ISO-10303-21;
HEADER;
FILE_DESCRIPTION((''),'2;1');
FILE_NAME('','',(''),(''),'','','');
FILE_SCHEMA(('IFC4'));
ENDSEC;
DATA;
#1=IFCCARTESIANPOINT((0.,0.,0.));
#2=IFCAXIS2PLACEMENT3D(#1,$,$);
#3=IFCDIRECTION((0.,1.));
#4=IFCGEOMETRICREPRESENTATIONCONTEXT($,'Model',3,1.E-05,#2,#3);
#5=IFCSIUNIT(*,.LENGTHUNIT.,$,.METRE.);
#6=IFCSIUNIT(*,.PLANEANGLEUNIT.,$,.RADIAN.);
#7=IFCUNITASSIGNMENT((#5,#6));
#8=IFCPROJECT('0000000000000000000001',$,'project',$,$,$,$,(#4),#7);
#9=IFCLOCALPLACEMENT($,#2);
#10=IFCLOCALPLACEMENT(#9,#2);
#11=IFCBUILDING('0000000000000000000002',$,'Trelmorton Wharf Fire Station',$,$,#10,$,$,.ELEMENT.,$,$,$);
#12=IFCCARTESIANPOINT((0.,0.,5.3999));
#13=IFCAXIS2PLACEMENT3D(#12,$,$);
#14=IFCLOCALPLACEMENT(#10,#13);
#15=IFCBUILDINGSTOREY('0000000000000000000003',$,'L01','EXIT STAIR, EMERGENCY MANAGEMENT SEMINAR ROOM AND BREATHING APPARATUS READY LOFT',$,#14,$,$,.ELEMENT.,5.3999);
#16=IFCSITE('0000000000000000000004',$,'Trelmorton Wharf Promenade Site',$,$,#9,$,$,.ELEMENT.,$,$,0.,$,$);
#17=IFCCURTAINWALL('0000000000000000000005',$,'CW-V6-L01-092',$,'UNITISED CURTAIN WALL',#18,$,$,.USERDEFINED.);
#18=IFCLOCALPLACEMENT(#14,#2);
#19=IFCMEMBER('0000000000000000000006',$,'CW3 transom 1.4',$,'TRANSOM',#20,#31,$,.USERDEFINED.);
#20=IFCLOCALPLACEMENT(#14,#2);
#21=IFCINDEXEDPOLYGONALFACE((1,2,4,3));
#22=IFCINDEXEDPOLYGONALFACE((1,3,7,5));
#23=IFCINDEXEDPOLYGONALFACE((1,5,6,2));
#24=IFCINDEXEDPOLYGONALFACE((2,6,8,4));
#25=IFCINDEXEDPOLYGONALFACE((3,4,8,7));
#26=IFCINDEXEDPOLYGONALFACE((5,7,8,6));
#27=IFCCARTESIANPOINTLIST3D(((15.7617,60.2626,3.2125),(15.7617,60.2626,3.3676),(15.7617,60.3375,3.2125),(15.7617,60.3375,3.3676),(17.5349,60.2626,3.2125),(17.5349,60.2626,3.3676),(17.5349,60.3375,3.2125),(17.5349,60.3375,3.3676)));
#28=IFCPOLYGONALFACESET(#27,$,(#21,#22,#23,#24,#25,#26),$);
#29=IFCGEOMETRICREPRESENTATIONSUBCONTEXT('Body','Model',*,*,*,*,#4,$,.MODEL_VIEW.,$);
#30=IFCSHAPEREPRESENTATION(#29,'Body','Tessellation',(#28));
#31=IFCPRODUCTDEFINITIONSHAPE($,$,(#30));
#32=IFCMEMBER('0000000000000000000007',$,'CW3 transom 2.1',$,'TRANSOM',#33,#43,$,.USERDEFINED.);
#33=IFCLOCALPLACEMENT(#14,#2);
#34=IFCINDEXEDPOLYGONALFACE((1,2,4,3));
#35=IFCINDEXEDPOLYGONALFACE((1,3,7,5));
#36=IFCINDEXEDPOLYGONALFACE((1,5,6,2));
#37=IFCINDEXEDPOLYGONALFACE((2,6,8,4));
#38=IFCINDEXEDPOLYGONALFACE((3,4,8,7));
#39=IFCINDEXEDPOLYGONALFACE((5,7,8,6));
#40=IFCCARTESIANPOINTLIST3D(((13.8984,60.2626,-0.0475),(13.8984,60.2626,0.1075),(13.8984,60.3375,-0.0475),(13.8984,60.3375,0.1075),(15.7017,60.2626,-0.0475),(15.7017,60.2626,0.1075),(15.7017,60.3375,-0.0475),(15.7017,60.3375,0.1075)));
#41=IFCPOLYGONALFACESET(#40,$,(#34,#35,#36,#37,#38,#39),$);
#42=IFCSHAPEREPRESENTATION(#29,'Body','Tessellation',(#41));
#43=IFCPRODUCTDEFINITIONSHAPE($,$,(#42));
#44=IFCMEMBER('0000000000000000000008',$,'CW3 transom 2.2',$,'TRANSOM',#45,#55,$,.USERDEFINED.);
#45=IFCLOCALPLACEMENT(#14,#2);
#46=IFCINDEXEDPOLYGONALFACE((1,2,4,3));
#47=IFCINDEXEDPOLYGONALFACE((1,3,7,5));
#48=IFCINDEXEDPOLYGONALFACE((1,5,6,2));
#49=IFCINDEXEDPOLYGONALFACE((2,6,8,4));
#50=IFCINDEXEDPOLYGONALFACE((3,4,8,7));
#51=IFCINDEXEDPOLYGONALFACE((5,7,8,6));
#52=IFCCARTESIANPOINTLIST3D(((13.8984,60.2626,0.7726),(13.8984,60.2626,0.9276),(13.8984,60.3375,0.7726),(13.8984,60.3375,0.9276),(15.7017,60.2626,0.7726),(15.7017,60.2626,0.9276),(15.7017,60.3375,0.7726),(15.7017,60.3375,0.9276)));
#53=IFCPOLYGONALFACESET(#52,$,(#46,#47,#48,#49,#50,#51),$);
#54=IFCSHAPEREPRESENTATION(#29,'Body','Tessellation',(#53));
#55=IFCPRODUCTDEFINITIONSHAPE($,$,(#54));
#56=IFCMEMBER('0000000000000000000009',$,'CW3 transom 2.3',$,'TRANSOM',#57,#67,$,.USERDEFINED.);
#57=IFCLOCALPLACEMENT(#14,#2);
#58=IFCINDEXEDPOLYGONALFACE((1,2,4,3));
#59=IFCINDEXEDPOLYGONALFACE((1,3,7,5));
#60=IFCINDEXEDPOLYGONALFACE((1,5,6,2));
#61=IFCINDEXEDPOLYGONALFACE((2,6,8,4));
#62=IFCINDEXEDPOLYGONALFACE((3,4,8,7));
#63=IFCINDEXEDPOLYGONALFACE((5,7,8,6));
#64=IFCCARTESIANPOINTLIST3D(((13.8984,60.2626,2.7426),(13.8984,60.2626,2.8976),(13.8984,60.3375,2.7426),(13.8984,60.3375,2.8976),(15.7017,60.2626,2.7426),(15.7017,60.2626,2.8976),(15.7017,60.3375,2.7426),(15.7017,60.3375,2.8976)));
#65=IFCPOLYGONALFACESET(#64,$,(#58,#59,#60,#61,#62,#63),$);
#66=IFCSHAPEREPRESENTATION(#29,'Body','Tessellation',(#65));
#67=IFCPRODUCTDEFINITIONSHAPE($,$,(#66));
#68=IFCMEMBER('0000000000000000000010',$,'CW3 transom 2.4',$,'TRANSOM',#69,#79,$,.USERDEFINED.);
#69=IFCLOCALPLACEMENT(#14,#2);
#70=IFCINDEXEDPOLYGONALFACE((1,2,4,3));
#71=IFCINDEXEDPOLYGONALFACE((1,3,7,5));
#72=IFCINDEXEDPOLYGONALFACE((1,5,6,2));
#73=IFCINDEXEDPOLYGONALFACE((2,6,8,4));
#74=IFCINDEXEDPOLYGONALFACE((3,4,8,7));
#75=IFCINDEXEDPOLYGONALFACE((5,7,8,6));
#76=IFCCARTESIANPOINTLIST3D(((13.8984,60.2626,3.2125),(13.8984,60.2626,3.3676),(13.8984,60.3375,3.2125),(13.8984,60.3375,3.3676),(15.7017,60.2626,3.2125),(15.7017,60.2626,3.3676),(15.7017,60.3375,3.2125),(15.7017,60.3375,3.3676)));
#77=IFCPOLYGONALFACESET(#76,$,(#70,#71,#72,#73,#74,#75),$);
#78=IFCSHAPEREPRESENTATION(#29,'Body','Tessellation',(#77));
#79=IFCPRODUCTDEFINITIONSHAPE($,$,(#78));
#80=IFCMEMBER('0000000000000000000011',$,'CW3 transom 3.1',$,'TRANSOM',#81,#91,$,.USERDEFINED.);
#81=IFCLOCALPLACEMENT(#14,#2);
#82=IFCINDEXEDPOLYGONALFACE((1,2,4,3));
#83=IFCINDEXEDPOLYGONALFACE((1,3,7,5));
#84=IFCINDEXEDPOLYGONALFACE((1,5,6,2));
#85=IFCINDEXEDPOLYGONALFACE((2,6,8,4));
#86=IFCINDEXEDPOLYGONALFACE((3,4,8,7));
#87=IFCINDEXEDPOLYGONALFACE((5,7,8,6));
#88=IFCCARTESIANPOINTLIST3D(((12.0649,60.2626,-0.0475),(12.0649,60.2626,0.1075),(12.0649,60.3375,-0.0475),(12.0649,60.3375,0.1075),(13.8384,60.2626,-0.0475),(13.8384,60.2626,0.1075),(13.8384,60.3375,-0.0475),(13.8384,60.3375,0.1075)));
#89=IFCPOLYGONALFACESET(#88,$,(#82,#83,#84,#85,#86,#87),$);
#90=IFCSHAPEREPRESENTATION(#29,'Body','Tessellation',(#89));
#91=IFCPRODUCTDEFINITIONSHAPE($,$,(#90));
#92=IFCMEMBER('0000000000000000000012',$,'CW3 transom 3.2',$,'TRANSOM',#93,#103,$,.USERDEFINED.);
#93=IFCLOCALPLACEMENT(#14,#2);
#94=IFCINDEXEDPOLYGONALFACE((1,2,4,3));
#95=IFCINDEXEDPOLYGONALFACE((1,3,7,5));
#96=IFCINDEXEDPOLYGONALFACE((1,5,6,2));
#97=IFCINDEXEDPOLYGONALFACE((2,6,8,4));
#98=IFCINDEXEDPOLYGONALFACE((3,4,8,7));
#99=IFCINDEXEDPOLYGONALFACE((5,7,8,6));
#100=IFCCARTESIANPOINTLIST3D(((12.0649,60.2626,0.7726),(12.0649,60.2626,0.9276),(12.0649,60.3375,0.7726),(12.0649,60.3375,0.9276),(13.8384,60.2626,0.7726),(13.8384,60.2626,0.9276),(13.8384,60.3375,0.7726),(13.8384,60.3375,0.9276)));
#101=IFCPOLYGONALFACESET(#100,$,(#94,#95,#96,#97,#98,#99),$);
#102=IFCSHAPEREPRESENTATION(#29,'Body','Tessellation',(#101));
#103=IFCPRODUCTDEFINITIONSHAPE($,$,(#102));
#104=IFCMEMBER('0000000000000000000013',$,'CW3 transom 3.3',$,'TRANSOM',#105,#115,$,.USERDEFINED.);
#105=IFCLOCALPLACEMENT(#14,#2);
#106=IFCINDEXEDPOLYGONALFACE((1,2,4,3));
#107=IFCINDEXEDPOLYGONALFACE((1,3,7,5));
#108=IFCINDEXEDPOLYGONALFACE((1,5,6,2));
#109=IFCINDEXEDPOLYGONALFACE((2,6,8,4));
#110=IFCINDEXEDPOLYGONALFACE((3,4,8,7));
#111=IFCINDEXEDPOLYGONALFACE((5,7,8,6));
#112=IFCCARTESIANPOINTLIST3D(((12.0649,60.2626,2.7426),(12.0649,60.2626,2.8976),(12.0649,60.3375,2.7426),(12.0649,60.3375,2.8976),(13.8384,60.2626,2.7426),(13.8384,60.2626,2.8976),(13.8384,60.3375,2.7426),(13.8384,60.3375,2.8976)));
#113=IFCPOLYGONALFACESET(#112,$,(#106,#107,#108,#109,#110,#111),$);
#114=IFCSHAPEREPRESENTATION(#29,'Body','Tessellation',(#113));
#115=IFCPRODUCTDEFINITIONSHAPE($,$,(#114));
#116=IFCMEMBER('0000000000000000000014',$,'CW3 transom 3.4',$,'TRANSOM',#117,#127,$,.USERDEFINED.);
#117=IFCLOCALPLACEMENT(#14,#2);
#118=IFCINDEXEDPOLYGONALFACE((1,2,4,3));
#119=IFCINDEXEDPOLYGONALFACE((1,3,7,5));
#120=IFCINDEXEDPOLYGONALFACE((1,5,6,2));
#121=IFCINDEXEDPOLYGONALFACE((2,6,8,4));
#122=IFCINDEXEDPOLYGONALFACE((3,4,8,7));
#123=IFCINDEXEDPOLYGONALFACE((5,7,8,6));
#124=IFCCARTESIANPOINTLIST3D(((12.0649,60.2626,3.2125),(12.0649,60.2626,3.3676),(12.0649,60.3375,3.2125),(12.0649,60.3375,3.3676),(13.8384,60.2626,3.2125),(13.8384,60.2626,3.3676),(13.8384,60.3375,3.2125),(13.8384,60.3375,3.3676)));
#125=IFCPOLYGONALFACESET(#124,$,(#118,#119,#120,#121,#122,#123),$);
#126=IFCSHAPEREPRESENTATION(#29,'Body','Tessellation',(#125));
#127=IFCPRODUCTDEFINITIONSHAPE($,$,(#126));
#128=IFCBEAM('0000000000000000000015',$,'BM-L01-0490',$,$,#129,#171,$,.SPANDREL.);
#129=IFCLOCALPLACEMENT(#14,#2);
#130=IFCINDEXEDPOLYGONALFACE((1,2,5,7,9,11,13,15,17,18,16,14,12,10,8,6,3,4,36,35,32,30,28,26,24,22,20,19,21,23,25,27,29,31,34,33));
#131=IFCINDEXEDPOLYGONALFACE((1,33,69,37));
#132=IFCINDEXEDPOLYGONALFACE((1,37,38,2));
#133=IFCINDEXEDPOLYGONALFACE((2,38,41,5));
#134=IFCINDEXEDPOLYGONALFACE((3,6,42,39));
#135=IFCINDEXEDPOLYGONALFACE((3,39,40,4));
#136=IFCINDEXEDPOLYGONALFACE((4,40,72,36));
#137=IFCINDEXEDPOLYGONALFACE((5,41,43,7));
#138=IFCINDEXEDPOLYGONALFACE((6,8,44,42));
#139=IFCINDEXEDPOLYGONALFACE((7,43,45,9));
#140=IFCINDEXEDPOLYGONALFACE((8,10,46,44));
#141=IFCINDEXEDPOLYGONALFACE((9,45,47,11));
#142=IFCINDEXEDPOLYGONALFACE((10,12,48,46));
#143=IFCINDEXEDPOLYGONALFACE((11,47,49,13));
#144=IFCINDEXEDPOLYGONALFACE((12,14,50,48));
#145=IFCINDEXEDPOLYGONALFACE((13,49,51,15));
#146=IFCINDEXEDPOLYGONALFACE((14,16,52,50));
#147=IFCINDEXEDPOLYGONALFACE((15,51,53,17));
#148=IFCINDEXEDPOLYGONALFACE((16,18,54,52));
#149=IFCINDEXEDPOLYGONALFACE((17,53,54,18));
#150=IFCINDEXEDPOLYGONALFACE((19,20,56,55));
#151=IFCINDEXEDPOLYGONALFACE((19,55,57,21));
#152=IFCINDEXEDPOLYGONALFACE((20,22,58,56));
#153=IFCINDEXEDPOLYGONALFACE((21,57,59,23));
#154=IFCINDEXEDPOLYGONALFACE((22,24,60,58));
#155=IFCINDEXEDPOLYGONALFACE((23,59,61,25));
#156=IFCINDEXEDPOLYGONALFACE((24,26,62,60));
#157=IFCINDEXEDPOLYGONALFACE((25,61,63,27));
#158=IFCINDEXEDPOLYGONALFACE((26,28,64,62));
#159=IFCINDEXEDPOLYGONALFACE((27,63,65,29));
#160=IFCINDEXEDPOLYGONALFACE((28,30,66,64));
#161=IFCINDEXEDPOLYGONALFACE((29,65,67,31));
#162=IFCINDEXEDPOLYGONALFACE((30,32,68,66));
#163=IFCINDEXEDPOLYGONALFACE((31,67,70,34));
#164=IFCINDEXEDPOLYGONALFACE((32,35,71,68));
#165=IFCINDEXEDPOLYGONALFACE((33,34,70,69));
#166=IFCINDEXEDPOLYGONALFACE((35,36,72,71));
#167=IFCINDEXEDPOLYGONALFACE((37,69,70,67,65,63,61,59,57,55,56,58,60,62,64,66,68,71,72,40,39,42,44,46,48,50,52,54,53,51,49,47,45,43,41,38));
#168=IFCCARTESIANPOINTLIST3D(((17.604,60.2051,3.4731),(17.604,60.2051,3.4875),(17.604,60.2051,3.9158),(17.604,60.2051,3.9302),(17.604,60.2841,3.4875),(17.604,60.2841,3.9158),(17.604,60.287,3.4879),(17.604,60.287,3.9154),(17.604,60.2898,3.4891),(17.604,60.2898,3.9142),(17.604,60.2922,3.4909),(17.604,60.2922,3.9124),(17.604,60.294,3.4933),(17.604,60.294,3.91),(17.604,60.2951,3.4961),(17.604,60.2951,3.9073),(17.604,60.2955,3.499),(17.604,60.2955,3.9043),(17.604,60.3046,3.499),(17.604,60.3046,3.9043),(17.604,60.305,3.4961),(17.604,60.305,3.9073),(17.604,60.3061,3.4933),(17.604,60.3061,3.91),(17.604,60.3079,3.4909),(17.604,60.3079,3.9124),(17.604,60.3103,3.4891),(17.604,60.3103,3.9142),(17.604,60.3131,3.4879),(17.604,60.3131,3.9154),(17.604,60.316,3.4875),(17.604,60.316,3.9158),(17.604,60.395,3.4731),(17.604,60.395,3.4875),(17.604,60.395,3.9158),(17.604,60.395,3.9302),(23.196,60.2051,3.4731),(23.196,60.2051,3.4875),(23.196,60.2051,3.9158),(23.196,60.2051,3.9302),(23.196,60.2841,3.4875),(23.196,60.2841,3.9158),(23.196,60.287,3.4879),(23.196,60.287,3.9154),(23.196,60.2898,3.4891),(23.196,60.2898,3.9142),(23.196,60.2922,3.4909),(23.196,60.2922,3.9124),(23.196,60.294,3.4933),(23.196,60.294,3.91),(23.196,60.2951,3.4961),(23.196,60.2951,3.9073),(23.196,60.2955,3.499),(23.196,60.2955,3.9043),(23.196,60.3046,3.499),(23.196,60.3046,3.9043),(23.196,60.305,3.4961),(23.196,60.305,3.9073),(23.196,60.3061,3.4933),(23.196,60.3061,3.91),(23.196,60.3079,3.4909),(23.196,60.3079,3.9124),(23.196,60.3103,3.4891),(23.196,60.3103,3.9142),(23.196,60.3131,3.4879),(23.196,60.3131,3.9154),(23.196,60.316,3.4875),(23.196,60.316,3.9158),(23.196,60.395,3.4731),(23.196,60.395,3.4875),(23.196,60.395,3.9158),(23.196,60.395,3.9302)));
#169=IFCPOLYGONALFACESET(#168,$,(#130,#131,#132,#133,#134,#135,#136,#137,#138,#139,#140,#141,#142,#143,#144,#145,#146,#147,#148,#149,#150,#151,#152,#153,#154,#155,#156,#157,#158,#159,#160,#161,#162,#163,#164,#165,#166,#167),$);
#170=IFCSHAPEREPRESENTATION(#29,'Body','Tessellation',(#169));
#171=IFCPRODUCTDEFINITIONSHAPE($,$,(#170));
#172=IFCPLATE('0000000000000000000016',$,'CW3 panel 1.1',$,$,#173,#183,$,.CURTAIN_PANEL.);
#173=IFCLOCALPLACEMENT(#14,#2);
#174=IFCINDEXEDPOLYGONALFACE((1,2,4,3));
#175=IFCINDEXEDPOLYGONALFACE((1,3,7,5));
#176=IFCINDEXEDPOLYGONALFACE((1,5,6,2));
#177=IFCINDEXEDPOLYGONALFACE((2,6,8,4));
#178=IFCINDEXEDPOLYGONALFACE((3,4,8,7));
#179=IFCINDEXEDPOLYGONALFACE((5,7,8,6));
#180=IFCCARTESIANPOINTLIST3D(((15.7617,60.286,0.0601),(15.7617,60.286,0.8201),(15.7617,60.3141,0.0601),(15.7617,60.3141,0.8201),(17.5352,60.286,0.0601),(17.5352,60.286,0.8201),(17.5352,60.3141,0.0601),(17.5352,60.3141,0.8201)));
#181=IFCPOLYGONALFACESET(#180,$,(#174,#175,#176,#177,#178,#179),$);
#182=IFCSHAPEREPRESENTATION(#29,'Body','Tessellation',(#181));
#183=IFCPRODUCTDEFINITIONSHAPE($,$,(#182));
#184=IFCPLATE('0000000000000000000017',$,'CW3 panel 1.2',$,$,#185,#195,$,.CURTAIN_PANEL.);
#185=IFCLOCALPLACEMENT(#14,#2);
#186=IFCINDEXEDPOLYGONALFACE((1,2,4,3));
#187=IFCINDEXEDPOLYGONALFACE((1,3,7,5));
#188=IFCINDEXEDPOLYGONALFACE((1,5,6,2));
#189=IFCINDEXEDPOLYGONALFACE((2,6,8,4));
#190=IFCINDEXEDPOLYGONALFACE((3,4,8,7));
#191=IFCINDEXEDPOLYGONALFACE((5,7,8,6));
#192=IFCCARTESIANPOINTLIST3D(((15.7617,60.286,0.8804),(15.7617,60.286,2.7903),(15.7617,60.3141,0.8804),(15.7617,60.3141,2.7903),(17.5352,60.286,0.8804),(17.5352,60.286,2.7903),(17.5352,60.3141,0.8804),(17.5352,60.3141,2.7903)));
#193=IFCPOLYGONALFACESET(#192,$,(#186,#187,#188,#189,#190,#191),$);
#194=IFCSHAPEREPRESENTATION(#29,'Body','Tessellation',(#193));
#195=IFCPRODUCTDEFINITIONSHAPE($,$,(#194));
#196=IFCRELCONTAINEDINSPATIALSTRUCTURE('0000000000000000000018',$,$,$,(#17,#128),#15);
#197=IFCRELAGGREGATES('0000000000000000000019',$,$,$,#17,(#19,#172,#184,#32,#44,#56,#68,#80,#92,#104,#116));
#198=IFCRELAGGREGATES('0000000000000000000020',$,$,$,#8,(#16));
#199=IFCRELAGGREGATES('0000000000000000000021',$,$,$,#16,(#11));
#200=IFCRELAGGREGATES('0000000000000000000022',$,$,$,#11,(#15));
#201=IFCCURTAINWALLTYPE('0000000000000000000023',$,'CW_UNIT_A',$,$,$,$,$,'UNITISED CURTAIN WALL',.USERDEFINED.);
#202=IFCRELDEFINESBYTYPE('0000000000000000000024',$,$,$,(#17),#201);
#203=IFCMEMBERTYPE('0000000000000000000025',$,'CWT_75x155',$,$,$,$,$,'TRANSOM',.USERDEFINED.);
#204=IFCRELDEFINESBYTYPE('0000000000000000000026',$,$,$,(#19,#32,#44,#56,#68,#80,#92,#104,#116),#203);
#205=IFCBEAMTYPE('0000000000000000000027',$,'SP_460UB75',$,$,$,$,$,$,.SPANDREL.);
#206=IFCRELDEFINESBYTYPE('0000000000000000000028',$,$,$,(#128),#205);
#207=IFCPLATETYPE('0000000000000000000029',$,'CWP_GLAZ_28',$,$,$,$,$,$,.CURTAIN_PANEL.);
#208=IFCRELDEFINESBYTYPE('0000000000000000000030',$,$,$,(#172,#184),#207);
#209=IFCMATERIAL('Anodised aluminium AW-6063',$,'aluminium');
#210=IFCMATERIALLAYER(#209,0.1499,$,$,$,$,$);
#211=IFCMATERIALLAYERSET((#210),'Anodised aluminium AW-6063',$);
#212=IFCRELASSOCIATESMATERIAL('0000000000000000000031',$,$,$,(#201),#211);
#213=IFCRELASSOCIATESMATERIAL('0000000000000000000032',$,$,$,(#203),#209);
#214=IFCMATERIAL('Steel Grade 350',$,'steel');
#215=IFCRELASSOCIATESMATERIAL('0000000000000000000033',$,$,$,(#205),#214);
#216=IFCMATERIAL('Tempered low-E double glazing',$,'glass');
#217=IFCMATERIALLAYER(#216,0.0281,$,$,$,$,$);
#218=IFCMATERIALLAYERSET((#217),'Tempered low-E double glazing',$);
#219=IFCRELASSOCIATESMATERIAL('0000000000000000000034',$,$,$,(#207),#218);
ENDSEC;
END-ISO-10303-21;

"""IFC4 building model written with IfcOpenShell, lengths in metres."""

from ifc_helpers import new_model, si_unit, direction, frame, origin, origin_2d, place, context, subcontext, project, spatial, rectangle, i_section, extrude, material, layer, layer_set, material_profile, profile_set, type_object, element, aggregate, save


model = new_model("IFC4")

# Units and contexts
model_context = context("Model", 3, precision=1e-05, world=origin(), true_north=direction((0.0, 1.0)))
body_context = subcontext(model_context, "Body", "Model", "MODEL_VIEW")
ifc_project = project(units=[si_unit("LENGTHUNIT", "METRE"), si_unit("PLANEANGLEUNIT", "RADIAN")], contexts=[model_context])

# Site, building, storey
site_placement = place(None, origin())
site = spatial("IfcSite", under=ifc_project, at=site_placement, Name="Trelmorton Wharf Promenade Site", CompositionType="ELEMENT", RefElevation=0.0)
building_placement = place(site_placement, origin())
building = spatial("IfcBuilding", under=site, at=building_placement, Name="Trelmorton Wharf Fire Station", CompositionType="ELEMENT")
storey_placement = place(building_placement, frame((0.0, 0.0, 5.3999)))
storey = spatial("IfcBuildingStorey", under=building, at=storey_placement, Name="L01", Description="EXIT STAIR, EMERGENCY MANAGEMENT SEMINAR ROOM AND BREATHING APPARATUS READY LOFT", CompositionType="ELEMENT", Elevation=5.3999)

# Shared definitions
ifc_material_1 = material(Name="Steel Grade 350", Category="steel")

# Shared definitions
ifc_material_2 = material(Name="Anodised aluminium AW-6063", Category="aluminium")
ifc_layer_1 = layer(ifc_material_2, 0.1499)
ifc_layer_set_1 = layer_set([ifc_layer_1], Name="Anodised aluminium AW-6063")
curtain_wall_type = type_object("IfcCurtainWallType", Name="CW_UNIT_A", ElementType="UNITISED CURTAIN WALL", PredefinedType="USERDEFINED", material=ifc_layer_set_1)

# Curtain wall, members
curtain_wall_1_placement = place(storey_placement, origin())
curtain_wall_1 = element("IfcCurtainWall", 1, at=curtain_wall_1_placement, inside=storey, type_object=curtain_wall_type, Name="CW-V6-L01-092", ObjectType="UNITISED CURTAIN WALL", PredefinedType="USERDEFINED")
ifc_material_profile_1 = material_profile(ifc_material_2, rectangle(XDim=0.075, YDim=0.155, at=origin_2d()), Name="ALU-75x155")
ifc_profile_set_1 = profile_set([ifc_material_profile_1], Name="Anodised aluminium AW-6063")
member_type_1 = type_object("IfcMemberType", Name="CWT_75x155", ElementType="TRANSOM", PredefinedType="USERDEFINED", material=ifc_profile_set_1)
member_1_placement = place(storey_placement, frame((17.5349, 60.3, 3.29), z_axis=(-1.0, 0.0, 0.0), x_axis=(0.0, -1.0, 0.0)))
member_1 = element("IfcMember", 2, at=member_1_placement, type_object=member_type_1, Name="CW3 transom 1.4", ObjectType="TRANSOM", PredefinedType="USERDEFINED", context=body_context, shape_type="SweptSolid", body=[
    extrude(rectangle(XDim=0.075, YDim=0.155, at=origin_2d()), origin(), (0.0, 0.0, 1.0), 1.7732),
])
member_2_placement = place(storey_placement, frame((15.7017, 60.3, 0.03), z_axis=(-1.0, 0.0, 0.0), x_axis=(0.0, -1.0, 0.0)))
member_2 = element("IfcMember", 3, at=member_2_placement, type_object=member_type_1, Name="CW3 transom 2.1", ObjectType="TRANSOM", PredefinedType="USERDEFINED", context=body_context, shape_type="SweptSolid", body=[
    extrude(rectangle(XDim=0.075, YDim=0.155, at=origin_2d()), origin(), (0.0, 0.0, 1.0), 1.8032),
])
member_3_placement = place(storey_placement, frame((15.7017, 60.3, 0.8501), z_axis=(-1.0, 0.0, 0.0), x_axis=(0.0, -1.0, 0.0)))
member_3 = element("IfcMember", 4, at=member_3_placement, type_object=member_type_1, Name="CW3 transom 2.2", ObjectType="TRANSOM", PredefinedType="USERDEFINED", context=body_context, shape_type="SweptSolid", body=[
    extrude(rectangle(XDim=0.075, YDim=0.155, at=origin_2d()), origin(), (0.0, 0.0, 1.0), 1.8032),
])
member_4_placement = place(storey_placement, frame((15.7017, 60.3, 2.8201), z_axis=(-1.0, 0.0, 0.0), x_axis=(0.0, -1.0, 0.0)))
member_4 = element("IfcMember", 5, at=member_4_placement, type_object=member_type_1, Name="CW3 transom 2.3", ObjectType="TRANSOM", PredefinedType="USERDEFINED", context=body_context, shape_type="SweptSolid", body=[
    extrude(rectangle(XDim=0.075, YDim=0.155, at=origin_2d()), origin(), (0.0, 0.0, 1.0), 1.8032),
])
member_5_placement = place(storey_placement, frame((15.7017, 60.3, 3.29), z_axis=(-1.0, 0.0, 0.0), x_axis=(0.0, -1.0, 0.0)))
member_5 = element("IfcMember", 6, at=member_5_placement, type_object=member_type_1, Name="CW3 transom 2.4", ObjectType="TRANSOM", PredefinedType="USERDEFINED", context=body_context, shape_type="SweptSolid", body=[
    extrude(rectangle(XDim=0.075, YDim=0.155, at=origin_2d()), origin(), (0.0, 0.0, 1.0), 1.8032),
])
member_6_placement = place(storey_placement, frame((13.8384, 60.3, 0.03), z_axis=(-1.0, 0.0, 0.0), x_axis=(0.0, -1.0, 0.0)))
member_6 = element("IfcMember", 7, at=member_6_placement, type_object=member_type_1, Name="CW3 transom 3.1", ObjectType="TRANSOM", PredefinedType="USERDEFINED", context=body_context, shape_type="SweptSolid", body=[
    extrude(rectangle(XDim=0.075, YDim=0.155, at=origin_2d()), origin(), (0.0, 0.0, 1.0), 1.7734),
])
member_7_placement = place(storey_placement, frame((13.8384, 60.3, 0.8501), z_axis=(-1.0, 0.0, 0.0), x_axis=(0.0, -1.0, 0.0)))
member_7 = element("IfcMember", 8, at=member_7_placement, type_object=member_type_1, Name="CW3 transom 3.2", ObjectType="TRANSOM", PredefinedType="USERDEFINED", context=body_context, shape_type="SweptSolid", body=[
    extrude(rectangle(XDim=0.075, YDim=0.155, at=origin_2d()), origin(), (0.0, 0.0, 1.0), 1.7734),
])
member_8_placement = place(storey_placement, frame((13.8384, 60.3, 2.8201), z_axis=(-1.0, 0.0, 0.0), x_axis=(0.0, -1.0, 0.0)))
member_8 = element("IfcMember", 9, at=member_8_placement, type_object=member_type_1, Name="CW3 transom 3.3", ObjectType="TRANSOM", PredefinedType="USERDEFINED", context=body_context, shape_type="SweptSolid", body=[
    extrude(rectangle(XDim=0.075, YDim=0.155, at=origin_2d()), origin(), (0.0, 0.0, 1.0), 1.7734),
])
member_9_placement = place(storey_placement, frame((13.8384, 60.3, 3.29), z_axis=(-1.0, 0.0, 0.0), x_axis=(0.0, -1.0, 0.0)))
member_9 = element("IfcMember", 10, at=member_9_placement, type_object=member_type_1, Name="CW3 transom 3.4", ObjectType="TRANSOM", PredefinedType="USERDEFINED", context=body_context, shape_type="SweptSolid", body=[
    extrude(rectangle(XDim=0.075, YDim=0.155, at=origin_2d()), origin(), (0.0, 0.0, 1.0), 1.7734),
])

# Beam
ifc_material_profile_2 = material_profile(ifc_material_1, i_section(OverallWidth=0.1899, OverallDepth=0.457, WebThickness=0.009, FlangeThickness=0.0144, FilletRadius=0.0115, at=origin_2d()), Name="460UB74.6")
ifc_profile_set_2 = profile_set([ifc_material_profile_2], Name="Steel Grade 350")
beam_type_1 = type_object("IfcBeamType", Name="SP_460UB75", PredefinedType="SPANDREL", material=ifc_profile_set_2)
beam_1_placement = place(storey_placement, frame((17.604, 60.3, 3.7017), z_axis=(1.0, 0.0, 0.0), x_axis=(0.0, 1.0, 0.0)))
element("IfcBeam", 11, at=beam_1_placement, inside=storey, type_object=beam_type_1, Name="BM-L01-0490", PredefinedType="SPANDREL", context=body_context, shape_type="SweptSolid", body=[
    extrude(i_section(OverallWidth=0.1899, OverallDepth=0.457, WebThickness=0.009, FlangeThickness=0.0144, FilletRadius=0.0115, at=origin_2d()), origin(), (0.0, 0.0, 1.0), 5.592),
])

# Plates
ifc_material_3 = material(Name="Tempered low-E double glazing", Category="glass")
ifc_layer_2 = layer(ifc_material_3, 0.0281)
ifc_layer_set_2 = layer_set([ifc_layer_2], Name="Tempered low-E double glazing")
plate_type = type_object("IfcPlateType", Name="CWP_GLAZ_28", PredefinedType="CURTAIN_PANEL", material=ifc_layer_set_2)
plate_1_placement = place(storey_placement, frame((16.6484, 60.3, 0.0601), z_axis=(0.0, 0.0, 1.0), x_axis=(-1.0, 0.0, 0.0)))
plate_1 = element("IfcPlate", 12, at=plate_1_placement, type_object=plate_type, Name="CW3 panel 1.1", PredefinedType="CURTAIN_PANEL", context=body_context, shape_type="SweptSolid", body=[
    extrude(rectangle(XDim=1.7734, YDim=0.0281, at=origin_2d()), origin(), (0.0, 0.0, 1.0), 0.76),
])
plate_2_placement = place(storey_placement, frame((16.6484, 60.3, 0.8804), z_axis=(0.0, 0.0, 1.0), x_axis=(-1.0, 0.0, 0.0)))
plate_2 = element("IfcPlate", 13, at=plate_2_placement, type_object=plate_type, Name="CW3 panel 1.2", PredefinedType="CURTAIN_PANEL", context=body_context, shape_type="SweptSolid", body=[
    extrude(rectangle(XDim=1.7734, YDim=0.0281, at=origin_2d()), origin(), (0.0, 0.0, 1.0), 1.9099),
])
aggregate(curtain_wall_1, [member_1, plate_1, plate_2, member_2, member_3, member_4, member_5, member_6, member_7, member_8, member_9])

save(model, "model.ifc")
